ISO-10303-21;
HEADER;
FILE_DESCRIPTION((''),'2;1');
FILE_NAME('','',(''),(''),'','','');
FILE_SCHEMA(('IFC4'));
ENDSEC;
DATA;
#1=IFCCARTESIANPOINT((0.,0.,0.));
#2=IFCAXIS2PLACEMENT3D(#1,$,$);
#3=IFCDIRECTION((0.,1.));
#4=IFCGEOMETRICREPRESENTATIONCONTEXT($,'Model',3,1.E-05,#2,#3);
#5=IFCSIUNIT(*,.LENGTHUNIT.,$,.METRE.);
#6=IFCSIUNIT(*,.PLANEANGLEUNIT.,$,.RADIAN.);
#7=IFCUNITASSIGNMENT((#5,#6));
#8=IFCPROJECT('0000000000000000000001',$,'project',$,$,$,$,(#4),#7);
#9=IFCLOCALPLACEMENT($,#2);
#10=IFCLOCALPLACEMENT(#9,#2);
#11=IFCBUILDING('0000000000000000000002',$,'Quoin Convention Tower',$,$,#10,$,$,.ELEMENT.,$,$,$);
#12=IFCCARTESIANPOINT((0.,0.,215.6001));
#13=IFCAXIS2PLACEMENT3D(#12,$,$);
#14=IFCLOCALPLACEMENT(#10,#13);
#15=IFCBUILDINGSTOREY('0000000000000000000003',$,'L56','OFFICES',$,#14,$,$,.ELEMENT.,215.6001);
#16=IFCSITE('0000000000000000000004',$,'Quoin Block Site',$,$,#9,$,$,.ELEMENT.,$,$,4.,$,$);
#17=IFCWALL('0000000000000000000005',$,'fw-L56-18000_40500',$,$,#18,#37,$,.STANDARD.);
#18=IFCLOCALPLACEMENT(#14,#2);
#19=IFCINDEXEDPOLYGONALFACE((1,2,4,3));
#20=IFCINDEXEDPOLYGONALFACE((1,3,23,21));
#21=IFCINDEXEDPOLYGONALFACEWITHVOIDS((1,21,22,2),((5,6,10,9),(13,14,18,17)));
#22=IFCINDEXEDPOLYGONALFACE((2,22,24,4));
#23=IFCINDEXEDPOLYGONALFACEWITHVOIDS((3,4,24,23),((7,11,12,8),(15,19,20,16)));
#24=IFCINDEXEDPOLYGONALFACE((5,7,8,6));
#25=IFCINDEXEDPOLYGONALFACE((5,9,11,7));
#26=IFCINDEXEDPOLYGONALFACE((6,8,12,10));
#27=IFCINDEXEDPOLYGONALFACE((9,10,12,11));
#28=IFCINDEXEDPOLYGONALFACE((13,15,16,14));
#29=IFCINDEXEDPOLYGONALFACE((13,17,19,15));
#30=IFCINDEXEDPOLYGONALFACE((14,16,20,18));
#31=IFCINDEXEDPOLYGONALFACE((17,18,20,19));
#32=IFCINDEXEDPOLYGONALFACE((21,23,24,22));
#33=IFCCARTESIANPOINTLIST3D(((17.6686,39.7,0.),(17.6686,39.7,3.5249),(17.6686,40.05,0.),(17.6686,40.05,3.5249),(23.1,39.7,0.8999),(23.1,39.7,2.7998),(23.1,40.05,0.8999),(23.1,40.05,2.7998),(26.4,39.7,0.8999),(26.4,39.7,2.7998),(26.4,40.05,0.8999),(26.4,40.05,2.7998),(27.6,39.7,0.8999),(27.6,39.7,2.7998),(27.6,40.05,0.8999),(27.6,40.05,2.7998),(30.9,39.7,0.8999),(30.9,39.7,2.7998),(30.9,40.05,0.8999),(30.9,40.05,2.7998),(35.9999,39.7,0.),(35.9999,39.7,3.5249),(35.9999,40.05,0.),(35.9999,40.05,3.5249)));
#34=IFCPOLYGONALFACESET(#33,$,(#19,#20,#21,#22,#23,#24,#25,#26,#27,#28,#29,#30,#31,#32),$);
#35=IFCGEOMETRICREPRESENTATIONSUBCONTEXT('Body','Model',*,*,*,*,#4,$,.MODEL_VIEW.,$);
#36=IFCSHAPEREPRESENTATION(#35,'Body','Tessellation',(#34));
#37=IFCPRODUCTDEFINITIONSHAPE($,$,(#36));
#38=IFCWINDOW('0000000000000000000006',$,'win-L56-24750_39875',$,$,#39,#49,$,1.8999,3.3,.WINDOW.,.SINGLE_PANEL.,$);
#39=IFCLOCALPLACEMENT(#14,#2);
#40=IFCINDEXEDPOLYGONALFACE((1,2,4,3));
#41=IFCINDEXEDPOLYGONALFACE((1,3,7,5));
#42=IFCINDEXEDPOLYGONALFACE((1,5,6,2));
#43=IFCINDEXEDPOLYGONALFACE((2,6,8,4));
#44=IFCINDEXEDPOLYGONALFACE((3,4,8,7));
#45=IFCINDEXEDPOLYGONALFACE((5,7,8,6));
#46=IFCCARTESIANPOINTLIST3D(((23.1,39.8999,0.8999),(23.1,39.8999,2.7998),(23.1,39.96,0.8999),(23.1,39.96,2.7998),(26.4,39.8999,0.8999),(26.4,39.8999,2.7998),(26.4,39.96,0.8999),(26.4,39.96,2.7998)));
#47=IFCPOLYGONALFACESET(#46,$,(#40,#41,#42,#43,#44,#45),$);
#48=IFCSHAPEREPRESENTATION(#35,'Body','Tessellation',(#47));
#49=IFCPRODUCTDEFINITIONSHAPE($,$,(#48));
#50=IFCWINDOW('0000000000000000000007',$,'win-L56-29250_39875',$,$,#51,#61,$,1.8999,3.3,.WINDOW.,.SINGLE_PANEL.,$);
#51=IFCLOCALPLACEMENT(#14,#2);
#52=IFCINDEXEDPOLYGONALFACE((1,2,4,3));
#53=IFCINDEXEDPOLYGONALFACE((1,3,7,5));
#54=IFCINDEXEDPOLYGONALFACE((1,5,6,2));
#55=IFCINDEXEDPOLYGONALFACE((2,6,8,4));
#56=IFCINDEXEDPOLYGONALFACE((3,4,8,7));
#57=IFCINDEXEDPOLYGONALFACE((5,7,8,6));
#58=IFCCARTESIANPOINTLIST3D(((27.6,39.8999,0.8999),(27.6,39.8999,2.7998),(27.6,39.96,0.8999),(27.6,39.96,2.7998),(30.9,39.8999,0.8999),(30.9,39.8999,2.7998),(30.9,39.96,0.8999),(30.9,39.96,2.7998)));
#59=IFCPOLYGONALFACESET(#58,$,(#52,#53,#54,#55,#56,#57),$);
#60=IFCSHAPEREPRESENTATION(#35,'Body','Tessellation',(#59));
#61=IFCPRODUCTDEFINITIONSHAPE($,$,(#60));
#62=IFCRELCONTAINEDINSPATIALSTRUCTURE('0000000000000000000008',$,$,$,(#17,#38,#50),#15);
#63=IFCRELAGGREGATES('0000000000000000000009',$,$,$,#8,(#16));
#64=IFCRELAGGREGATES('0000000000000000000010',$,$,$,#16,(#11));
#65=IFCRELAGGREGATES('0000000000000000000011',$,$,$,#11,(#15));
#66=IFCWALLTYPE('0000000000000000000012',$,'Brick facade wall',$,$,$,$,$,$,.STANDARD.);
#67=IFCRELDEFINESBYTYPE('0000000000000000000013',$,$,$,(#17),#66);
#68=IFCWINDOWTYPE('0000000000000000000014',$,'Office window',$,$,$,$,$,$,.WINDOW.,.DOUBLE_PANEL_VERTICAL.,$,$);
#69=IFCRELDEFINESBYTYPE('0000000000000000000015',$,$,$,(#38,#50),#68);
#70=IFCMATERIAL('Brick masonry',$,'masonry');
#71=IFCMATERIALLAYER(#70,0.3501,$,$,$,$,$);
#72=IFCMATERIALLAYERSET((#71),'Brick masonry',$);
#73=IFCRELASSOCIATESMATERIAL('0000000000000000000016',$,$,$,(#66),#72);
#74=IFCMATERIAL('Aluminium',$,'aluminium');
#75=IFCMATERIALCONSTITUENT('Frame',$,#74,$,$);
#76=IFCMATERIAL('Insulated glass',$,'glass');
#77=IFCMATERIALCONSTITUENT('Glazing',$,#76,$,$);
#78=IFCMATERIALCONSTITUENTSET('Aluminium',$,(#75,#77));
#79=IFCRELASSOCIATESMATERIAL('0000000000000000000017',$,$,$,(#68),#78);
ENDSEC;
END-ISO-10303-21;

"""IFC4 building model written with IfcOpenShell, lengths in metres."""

from ifc_helpers import new_model, si_unit, direction, frame, frame_2d, origin, place, context, subcontext, project, spatial, rectangle, extrude, material, layer, layer_set, constituent, constituent_set, type_object, element, fill, save


model = new_model("IFC4")

# Units and contexts
model_context = context("Model", 3, precision=1e-05, world=origin(), true_north=direction((0.0, 1.0)))
body_context = subcontext(model_context, "Body", "Model", "MODEL_VIEW")
ifc_project = project(units=[si_unit("LENGTHUNIT", "METRE"), si_unit("PLANEANGLEUNIT", "RADIAN")], contexts=[model_context])

# Site, building, storey
site_placement = place(None, origin())
site = spatial("IfcSite", under=ifc_project, at=site_placement, Name="Quoin Block Site", CompositionType="ELEMENT", RefElevation=4.0)
building_placement = place(site_placement, origin())
building = spatial("IfcBuilding", under=site, at=building_placement, Name="Quoin Convention Tower", CompositionType="ELEMENT")
storey_placement = place(building_placement, frame((0.0, 0.0, 215.6001)))
storey = spatial("IfcBuildingStorey", under=building, at=storey_placement, Name="L56", Description="OFFICES", CompositionType="ELEMENT", Elevation=215.6001)

# Wall, openings, windows
ifc_material_1 = material(Name="Brick masonry", Category="masonry")
ifc_layer_1 = layer(ifc_material_1, 0.3501)
ifc_layer_set_1 = layer_set([ifc_layer_1], Name="Brick masonry")
wall_type = type_object("IfcWallType", Name="Brick facade wall", PredefinedType="STANDARD", material=ifc_layer_set_1)
ifc_material_2 = material(Name="Aluminium", Category="aluminium")
ifc_constituent_1 = constituent(ifc_material_2, Name="Frame")
ifc_material_3 = material(Name="Insulated glass", Category="glass")
ifc_constituent_2 = constituent(ifc_material_3, Name="Glazing")
ifc_constituent_set = constituent_set(constituents=[ifc_constituent_1, ifc_constituent_2], Name="Aluminium")
window_type = type_object("IfcWindowType", Name="Office window", PartitioningType="DOUBLE_PANEL_VERTICAL", PredefinedType="WINDOW", material=ifc_constituent_set)
wall_1_placement = place(storey_placement, frame((17.6687, 39.875, 0.0), z_axis=(0.0, 0.0, 1.0), x_axis=(1.0, 0.0, 0.0)))
wall_1 = element("IfcWall", 1, at=wall_1_placement, inside=storey, type_object=wall_type, Name="fw-L56-18000_40500", PredefinedType="STANDARD", context=body_context, shape_type="SweptSolid", body=[
    extrude(rectangle(XDim=18.3313, YDim=0.3501, at=frame_2d((9.1655, 0.0))), origin(), (0.0, 0.0, 1.0), 3.5249),
])
opening_1_placement = place(wall_1_placement, frame((5.4314, 0.0, 0.8999)))
opening_1 = element("IfcOpeningElement", 2, at=opening_1_placement, cuts=wall_1, PredefinedType="OPENING", context=body_context, shape_type="SweptSolid", body=[
    extrude(rectangle(XDim=3.3, YDim=1.8999, at=frame_2d((1.6499, 0.95))), frame((0.0, 0.1851, 0.0), z_axis=(0.0, -1.0, 0.0), x_axis=(1.0, 0.0, 0.0)), (0.0, 0.0, 1.0), 0.3701),
])
opening_2_placement = place(wall_1_placement, frame((9.9314, 0.0, 0.8999)))
opening_2 = element("IfcOpeningElement", 3, at=opening_2_placement, cuts=wall_1, PredefinedType="OPENING", context=body_context, shape_type="SweptSolid", body=[
    extrude(rectangle(XDim=3.3, YDim=1.8999, at=frame_2d((1.6499, 0.95))), frame((0.0, 0.1851, 0.0), z_axis=(0.0, -1.0, 0.0), x_axis=(1.0, 0.0, 0.0)), (0.0, 0.0, 1.0), 0.3701),
])
window_1_placement = place(opening_1_placement, origin())
window_1 = element("IfcWindow", 4, at=window_1_placement, inside=storey, type_object=window_type, Name="win-L56-24750_39875", OverallHeight=1.8999, OverallWidth=3.3, PartitioningType="SINGLE_PANEL", PredefinedType="WINDOW", context=body_context, shape_type="SweptSolid", body=[
    extrude(rectangle(XDim=3.3, YDim=1.8999, at=frame_2d((1.6499, 0.95))), frame((0.0, 0.085, 0.0), z_axis=(0.0, -1.0, 0.0), x_axis=(1.0, 0.0, 0.0)), (0.0, 0.0, 1.0), 0.0601),
])
fill(opening_1, window_1)
window_2_placement = place(opening_2_placement, origin())
window_2 = element("IfcWindow", 5, at=window_2_placement, inside=storey, type_object=window_type, Name="win-L56-29250_39875", OverallHeight=1.8999, OverallWidth=3.3, PartitioningType="SINGLE_PANEL", PredefinedType="WINDOW", context=body_context, shape_type="SweptSolid", body=[
    extrude(rectangle(XDim=3.3, YDim=1.8999, at=frame_2d((1.6499, 0.95))), frame((0.0, 0.085, 0.0), z_axis=(0.0, -1.0, 0.0), x_axis=(1.0, 0.0, 0.0)), (0.0, 0.0, 1.0), 0.0601),
])
fill(opening_2, window_2)

save(model, "model.ifc")
